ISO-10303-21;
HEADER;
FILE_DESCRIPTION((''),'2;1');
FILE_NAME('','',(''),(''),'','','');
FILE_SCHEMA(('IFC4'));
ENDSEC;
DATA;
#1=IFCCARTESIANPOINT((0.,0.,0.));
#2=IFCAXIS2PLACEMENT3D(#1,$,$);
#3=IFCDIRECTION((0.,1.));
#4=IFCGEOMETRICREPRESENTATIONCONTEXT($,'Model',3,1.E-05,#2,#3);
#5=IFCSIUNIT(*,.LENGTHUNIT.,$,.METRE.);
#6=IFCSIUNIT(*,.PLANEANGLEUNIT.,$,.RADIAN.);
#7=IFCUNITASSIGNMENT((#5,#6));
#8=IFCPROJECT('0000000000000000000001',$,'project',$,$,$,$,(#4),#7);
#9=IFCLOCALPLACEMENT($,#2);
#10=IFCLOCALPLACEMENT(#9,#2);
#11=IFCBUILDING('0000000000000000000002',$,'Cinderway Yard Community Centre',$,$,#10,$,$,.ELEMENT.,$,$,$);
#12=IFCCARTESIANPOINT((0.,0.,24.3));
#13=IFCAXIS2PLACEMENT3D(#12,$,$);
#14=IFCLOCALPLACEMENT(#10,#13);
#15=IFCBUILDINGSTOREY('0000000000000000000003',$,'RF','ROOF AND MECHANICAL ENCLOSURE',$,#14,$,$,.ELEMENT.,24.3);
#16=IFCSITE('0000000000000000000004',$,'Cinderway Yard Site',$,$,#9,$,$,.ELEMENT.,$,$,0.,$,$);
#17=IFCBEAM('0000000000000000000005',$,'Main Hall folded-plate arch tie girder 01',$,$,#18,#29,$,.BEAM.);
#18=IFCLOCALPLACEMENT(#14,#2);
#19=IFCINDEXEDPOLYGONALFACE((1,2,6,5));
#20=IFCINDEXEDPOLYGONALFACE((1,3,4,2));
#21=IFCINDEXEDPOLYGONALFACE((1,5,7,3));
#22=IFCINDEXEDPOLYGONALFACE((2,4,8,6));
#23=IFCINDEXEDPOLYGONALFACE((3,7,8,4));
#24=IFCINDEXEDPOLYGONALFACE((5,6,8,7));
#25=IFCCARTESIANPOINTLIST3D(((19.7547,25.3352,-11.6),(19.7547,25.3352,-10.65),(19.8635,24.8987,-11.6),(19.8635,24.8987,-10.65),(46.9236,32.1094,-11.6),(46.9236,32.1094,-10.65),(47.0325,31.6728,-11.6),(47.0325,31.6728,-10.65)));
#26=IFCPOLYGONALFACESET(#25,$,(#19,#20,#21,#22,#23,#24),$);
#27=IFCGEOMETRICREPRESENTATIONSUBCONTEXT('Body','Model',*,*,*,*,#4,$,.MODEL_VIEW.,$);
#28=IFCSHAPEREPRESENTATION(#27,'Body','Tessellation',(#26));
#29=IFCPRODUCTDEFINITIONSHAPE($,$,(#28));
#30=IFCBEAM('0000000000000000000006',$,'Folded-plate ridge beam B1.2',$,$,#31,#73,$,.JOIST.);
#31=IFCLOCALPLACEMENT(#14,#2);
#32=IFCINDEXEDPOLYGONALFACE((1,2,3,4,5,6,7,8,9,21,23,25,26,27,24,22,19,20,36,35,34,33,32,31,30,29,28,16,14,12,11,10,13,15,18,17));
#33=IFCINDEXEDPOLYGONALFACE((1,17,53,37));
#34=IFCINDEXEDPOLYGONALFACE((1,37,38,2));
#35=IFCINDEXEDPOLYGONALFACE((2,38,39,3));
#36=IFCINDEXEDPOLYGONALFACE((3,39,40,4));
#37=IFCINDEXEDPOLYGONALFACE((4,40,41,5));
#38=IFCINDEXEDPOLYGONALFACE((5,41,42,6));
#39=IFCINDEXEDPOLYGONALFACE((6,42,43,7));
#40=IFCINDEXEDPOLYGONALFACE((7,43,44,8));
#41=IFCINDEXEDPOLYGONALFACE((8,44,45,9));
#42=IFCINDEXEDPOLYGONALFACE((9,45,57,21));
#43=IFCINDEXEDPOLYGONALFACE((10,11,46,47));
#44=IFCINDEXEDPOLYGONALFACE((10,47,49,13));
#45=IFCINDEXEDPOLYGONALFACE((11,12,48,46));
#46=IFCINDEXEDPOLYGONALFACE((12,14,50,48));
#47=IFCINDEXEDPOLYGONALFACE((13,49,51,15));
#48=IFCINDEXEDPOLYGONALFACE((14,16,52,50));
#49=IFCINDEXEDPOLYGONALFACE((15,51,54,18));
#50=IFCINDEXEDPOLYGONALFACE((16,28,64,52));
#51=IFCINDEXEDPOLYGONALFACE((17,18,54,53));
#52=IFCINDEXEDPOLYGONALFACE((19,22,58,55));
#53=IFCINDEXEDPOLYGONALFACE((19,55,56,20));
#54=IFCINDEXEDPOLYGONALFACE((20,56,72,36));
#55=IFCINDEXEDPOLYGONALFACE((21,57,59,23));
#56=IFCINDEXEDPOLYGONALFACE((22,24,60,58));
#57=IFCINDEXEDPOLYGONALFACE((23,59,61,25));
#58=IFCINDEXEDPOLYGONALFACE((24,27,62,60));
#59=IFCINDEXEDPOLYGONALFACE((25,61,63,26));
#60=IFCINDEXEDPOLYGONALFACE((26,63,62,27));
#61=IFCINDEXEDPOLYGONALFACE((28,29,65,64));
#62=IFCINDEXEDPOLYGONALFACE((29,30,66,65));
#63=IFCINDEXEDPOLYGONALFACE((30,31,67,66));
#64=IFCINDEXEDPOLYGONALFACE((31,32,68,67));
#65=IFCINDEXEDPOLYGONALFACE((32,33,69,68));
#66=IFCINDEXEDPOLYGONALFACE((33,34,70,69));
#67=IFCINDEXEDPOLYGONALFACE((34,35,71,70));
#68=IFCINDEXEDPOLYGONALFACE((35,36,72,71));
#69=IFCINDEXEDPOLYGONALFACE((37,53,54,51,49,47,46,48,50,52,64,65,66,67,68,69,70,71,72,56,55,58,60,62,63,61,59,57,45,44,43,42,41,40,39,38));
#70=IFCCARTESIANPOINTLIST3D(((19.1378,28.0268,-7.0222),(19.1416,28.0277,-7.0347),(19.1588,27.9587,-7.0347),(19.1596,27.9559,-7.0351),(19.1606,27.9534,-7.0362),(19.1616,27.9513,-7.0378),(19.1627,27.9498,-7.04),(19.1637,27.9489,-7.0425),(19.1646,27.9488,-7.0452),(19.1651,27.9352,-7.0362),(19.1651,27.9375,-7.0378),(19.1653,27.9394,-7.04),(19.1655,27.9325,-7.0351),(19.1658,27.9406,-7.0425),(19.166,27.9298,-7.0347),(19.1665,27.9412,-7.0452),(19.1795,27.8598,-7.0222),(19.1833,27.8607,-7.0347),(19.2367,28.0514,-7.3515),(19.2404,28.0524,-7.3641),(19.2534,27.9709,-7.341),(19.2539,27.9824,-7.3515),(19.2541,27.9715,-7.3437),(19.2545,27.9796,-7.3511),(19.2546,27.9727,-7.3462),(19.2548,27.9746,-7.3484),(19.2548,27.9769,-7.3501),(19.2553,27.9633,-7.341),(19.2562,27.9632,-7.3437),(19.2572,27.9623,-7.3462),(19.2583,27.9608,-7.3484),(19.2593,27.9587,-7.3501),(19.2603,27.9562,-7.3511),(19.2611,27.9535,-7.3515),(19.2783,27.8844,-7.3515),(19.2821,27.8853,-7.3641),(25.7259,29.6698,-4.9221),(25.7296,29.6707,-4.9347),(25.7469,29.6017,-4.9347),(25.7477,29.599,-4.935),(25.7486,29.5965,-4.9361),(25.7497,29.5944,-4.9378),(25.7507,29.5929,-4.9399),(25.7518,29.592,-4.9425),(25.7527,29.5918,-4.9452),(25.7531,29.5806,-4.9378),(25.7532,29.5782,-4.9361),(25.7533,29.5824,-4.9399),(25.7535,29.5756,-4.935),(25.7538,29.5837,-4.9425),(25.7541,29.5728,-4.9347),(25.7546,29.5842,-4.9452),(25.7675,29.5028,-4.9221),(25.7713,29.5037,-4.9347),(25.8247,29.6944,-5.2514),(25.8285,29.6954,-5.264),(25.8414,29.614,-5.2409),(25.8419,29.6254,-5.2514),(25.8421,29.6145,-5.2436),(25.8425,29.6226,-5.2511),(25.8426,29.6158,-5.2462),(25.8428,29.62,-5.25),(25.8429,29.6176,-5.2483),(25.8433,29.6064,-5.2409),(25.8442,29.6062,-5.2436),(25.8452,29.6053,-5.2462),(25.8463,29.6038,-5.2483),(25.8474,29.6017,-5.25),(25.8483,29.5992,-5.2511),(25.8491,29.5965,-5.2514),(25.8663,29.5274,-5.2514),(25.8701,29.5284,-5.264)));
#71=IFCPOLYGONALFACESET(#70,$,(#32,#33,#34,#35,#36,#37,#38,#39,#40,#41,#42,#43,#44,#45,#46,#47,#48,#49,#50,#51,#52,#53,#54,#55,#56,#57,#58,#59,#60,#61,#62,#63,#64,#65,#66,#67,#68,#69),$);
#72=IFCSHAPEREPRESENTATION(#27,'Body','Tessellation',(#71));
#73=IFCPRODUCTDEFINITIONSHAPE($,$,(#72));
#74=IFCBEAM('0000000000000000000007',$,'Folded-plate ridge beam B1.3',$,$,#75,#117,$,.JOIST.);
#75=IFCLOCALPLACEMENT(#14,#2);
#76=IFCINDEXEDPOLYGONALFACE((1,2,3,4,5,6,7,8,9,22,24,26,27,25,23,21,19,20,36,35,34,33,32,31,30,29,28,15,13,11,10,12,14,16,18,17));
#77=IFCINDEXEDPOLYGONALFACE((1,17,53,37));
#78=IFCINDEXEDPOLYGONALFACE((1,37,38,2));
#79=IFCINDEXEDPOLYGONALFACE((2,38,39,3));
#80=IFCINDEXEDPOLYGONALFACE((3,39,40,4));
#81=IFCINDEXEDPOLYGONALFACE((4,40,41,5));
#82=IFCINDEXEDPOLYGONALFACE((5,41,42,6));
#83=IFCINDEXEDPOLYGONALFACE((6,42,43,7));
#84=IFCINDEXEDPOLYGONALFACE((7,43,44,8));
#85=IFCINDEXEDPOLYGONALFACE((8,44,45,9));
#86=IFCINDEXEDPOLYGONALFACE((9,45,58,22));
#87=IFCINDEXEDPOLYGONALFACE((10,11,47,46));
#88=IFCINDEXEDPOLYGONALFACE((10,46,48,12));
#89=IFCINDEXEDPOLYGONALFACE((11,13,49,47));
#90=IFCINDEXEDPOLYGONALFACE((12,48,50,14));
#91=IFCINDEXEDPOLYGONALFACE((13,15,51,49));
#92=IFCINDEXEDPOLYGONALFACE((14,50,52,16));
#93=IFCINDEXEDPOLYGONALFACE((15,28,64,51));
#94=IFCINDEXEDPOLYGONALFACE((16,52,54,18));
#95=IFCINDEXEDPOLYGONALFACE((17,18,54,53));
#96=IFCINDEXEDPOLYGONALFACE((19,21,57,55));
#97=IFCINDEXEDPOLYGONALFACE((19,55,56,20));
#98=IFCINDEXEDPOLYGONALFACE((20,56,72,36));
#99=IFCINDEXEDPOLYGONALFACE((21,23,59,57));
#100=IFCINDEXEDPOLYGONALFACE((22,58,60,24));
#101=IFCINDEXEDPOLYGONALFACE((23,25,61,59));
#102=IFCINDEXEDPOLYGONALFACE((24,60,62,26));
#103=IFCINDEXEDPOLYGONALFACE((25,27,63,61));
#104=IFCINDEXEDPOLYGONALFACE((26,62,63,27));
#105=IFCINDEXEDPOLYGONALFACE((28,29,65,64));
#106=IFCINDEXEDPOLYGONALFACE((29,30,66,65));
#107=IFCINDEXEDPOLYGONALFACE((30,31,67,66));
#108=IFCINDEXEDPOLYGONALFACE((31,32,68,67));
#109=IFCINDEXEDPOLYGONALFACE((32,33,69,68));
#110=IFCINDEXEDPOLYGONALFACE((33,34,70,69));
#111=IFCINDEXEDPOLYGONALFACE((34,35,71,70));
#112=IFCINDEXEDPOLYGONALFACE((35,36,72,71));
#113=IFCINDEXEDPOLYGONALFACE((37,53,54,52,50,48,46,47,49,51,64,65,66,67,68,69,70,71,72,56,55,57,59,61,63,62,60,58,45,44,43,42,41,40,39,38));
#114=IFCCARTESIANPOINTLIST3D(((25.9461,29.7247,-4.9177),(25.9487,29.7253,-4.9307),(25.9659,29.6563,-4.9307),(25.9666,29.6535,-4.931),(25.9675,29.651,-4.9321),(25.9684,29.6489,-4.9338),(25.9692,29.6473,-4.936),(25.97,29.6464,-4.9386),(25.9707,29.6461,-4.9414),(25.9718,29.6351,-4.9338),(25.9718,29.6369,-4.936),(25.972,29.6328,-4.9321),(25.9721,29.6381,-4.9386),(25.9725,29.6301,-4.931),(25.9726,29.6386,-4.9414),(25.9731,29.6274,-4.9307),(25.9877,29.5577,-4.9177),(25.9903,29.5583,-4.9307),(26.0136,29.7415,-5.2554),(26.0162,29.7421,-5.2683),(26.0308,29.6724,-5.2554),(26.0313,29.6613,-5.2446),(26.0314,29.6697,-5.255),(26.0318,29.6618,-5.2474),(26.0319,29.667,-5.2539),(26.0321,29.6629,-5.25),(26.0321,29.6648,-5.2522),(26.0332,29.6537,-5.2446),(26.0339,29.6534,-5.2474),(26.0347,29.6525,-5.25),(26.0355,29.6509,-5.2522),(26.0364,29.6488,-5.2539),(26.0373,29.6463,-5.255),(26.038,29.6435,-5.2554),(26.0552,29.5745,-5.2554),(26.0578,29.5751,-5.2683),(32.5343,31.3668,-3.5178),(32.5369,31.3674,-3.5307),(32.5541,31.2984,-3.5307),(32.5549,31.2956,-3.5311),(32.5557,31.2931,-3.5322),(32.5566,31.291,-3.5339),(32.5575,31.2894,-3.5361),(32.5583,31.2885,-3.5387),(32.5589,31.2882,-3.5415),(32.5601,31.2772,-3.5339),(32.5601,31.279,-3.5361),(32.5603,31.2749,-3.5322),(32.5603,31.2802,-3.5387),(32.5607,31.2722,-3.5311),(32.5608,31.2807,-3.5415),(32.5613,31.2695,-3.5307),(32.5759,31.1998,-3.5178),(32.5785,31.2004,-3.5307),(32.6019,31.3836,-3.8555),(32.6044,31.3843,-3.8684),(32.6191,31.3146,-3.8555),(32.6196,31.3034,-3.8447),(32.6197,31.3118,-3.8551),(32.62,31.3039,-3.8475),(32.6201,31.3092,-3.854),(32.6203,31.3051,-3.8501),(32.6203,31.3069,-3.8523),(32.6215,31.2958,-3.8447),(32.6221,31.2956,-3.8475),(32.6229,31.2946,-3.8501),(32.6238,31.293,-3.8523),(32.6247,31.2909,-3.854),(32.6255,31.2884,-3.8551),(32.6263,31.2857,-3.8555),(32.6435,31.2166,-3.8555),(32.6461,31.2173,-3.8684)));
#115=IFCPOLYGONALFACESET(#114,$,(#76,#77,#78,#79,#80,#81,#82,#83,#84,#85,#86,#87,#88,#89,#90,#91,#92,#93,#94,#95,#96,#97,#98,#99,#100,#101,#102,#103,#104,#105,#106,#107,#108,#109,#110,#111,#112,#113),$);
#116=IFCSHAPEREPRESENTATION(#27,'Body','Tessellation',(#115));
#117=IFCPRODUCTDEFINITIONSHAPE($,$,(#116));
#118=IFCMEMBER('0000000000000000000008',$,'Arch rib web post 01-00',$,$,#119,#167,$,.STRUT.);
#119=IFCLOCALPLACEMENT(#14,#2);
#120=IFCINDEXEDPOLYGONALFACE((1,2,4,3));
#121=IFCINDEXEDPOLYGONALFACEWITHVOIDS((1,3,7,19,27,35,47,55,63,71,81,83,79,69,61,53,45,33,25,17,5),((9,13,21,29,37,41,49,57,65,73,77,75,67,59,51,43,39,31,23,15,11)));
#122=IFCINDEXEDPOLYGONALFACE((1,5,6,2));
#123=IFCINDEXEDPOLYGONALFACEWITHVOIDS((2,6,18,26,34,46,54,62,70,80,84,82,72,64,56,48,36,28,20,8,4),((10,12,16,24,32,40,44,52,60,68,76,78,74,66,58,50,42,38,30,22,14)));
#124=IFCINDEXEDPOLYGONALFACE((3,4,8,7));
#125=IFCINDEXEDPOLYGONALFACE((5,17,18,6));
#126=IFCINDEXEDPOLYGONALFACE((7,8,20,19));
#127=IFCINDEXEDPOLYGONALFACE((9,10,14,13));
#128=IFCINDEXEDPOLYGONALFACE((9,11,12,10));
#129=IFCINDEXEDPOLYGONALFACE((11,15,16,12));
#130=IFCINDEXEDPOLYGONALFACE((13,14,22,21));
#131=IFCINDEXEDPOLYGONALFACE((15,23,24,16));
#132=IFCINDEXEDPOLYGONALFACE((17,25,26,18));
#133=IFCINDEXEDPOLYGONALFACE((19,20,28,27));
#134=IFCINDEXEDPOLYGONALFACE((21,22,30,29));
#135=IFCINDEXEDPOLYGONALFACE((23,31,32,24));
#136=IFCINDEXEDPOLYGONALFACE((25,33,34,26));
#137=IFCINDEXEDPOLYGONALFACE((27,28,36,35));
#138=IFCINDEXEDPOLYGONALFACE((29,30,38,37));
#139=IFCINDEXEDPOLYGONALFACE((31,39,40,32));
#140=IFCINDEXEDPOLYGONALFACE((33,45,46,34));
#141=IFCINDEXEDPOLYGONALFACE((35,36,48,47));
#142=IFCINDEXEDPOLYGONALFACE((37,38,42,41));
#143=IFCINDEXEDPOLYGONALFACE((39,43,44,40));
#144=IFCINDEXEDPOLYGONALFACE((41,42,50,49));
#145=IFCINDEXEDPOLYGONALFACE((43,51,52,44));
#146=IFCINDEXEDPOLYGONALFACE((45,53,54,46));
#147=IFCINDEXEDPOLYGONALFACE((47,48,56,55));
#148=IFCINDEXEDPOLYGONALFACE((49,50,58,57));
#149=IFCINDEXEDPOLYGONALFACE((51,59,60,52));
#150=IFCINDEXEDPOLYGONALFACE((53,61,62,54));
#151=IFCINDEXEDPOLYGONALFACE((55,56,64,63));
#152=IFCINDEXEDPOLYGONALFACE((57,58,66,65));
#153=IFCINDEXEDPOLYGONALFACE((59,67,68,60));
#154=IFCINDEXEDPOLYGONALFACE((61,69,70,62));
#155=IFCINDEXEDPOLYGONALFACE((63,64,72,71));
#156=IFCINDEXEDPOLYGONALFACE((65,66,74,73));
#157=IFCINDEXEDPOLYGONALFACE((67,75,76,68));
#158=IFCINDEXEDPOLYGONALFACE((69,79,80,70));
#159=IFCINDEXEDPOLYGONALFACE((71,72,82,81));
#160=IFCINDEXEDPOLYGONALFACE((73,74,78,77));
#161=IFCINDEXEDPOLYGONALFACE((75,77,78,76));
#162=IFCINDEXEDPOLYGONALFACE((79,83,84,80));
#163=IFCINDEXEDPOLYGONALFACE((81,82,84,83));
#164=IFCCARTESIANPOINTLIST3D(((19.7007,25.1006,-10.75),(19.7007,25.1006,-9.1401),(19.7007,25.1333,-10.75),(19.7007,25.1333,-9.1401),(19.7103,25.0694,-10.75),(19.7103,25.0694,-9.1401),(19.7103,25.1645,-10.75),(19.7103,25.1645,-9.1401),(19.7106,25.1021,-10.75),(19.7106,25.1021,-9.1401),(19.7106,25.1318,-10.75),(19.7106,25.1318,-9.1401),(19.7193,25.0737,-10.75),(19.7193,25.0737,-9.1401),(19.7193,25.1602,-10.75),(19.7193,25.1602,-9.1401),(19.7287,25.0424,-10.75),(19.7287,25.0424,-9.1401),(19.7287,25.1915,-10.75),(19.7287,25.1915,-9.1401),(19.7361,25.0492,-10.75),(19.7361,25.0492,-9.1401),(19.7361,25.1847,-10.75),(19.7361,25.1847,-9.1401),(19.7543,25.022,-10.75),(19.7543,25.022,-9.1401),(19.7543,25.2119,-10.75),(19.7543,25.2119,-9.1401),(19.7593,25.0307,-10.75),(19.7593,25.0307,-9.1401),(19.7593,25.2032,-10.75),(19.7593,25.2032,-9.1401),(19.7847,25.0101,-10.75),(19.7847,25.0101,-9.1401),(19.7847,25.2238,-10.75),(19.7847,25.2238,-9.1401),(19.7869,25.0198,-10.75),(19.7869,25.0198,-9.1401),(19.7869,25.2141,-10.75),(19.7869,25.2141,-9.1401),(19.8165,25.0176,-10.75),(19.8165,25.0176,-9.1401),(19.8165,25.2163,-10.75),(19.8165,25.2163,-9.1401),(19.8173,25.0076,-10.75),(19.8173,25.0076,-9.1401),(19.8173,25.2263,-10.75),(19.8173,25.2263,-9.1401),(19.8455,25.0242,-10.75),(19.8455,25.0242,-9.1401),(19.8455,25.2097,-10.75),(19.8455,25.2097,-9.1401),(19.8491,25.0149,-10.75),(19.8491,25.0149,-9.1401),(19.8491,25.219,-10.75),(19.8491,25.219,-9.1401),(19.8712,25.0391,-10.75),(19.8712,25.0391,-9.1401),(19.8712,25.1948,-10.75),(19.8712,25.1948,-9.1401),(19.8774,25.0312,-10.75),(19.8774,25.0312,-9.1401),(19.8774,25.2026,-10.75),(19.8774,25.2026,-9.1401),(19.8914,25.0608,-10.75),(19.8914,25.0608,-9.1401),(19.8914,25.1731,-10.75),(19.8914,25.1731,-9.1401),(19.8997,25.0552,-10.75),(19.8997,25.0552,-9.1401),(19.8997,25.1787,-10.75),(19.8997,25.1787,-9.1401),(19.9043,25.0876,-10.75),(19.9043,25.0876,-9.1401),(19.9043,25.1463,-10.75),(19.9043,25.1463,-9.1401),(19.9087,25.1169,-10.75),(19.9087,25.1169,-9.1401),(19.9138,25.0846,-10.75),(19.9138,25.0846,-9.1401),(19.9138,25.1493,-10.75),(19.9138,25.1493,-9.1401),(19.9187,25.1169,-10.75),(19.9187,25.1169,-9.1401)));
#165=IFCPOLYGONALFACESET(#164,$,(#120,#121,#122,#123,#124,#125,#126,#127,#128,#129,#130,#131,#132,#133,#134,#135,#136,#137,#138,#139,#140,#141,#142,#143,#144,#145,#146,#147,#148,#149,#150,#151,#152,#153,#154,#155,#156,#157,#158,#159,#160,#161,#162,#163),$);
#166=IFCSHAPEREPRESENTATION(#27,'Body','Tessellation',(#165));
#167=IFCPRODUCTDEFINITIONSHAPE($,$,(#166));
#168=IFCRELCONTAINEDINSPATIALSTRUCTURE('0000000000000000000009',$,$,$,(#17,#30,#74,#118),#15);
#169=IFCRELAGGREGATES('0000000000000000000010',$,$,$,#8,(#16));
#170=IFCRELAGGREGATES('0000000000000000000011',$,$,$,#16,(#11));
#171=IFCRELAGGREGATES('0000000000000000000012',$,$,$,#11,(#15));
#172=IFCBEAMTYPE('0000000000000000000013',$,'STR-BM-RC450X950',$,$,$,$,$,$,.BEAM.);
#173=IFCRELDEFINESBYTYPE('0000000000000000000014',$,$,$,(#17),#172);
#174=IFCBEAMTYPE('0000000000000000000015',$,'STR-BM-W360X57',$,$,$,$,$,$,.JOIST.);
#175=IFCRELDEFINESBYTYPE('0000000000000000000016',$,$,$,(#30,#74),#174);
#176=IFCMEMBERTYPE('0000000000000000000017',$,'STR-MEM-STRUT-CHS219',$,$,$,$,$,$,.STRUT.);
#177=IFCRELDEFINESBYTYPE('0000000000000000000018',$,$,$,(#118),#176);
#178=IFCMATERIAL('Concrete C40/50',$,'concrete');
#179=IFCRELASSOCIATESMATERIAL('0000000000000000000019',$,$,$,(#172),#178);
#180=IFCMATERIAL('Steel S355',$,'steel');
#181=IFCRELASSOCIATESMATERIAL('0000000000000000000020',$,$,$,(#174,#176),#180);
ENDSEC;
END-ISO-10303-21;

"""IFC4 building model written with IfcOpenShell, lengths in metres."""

from ifc_helpers import new_model, si_unit, direction, frame, origin, origin_2d, place, context, subcontext, project, spatial, rectangle, hollow_circle, i_section, extrude, material, material_profile, profile_set, type_object, element, save


model = new_model("IFC4")

# Units and contexts
model_context = context("Model", 3, precision=1e-05, world=origin(), true_north=direction((0.0, 1.0)))
body_context = subcontext(model_context, "Body", "Model", "MODEL_VIEW")
ifc_project = project(units=[si_unit("LENGTHUNIT", "METRE"), si_unit("PLANEANGLEUNIT", "RADIAN")], contexts=[model_context])

# Site, building, storey
site_placement = place(None, origin())
site = spatial("IfcSite", under=ifc_project, at=site_placement, Name="Cinderway Yard Site", CompositionType="ELEMENT", RefElevation=0.0)
building_placement = place(site_placement, origin())
building = spatial("IfcBuilding", under=site, at=building_placement, Name="Cinderway Yard Community Centre", CompositionType="ELEMENT")
storey_placement = place(building_placement, frame((0.0, 0.0, 24.3)))
storey = spatial("IfcBuildingStorey", under=building, at=storey_placement, Name="RF", Description="ROOF AND MECHANICAL ENCLOSURE", CompositionType="ELEMENT", Elevation=24.3)

# Shared definitions
ifc_material_1 = material(Name="Steel S355", Category="steel")

# Beams
ifc_material_2 = material(Name="Concrete C40/50", Category="concrete")
ifc_material_profile_1 = material_profile(ifc_material_2, rectangle(XDim=0.45, YDim=0.95, at=origin_2d()), Name="Concrete C40/50")
ifc_profile_set_1 = profile_set([ifc_material_profile_1], Name="Concrete C40/50")
beam_type_1 = type_object("IfcBeamType", Name="STR-BM-RC450X950", PredefinedType="BEAM", material=ifc_profile_set_1)
beam_1_placement = place(storey_placement, frame((19.8091, 25.1169, -11.125), z_axis=(0.970294, 0.241928, 0.0), x_axis=(-0.241928, 0.970294, 0.0)))
element("IfcBeam", 1, at=beam_1_placement, inside=storey, type_object=beam_type_1, Name="Main Hall folded-plate arch tie girder 01", PredefinedType="BEAM", context=body_context, shape_type="SweptSolid", body=[
    extrude(rectangle(XDim=0.45, YDim=0.95, at=origin_2d()), origin(), (0.0, 0.0, 1.0), 28.0007),
])
ifc_material_profile_2 = material_profile(ifc_material_1, i_section(OverallWidth=0.1721, OverallDepth=0.3579, WebThickness=0.0078, FlangeThickness=0.0132, FilletRadius=0.011, at=origin_2d()), Name="Steel S355")
ifc_profile_set_2 = profile_set([ifc_material_profile_2], Name="Steel S355")
beam_type_2 = type_object("IfcBeamType", Name="STR-BM-W360X57", PredefinedType="JOIST", material=ifc_profile_set_2)
beam_2_placement = place(storey_placement, frame((19.21, 27.9561, -7.1931), z_axis=(0.926954, 0.23118, 0.295485), x_axis=(-0.241986, 0.97028, 0.0)))
element("IfcBeam", 2, at=beam_2_placement, inside=storey, type_object=beam_type_2, Name="Folded-plate ridge beam B1.2", PredefinedType="JOIST", context=body_context, shape_type="SweptSolid", body=[
    extrude(i_section(OverallWidth=0.1721, OverallDepth=0.3579, WebThickness=0.0078, FlangeThickness=0.0132, FilletRadius=0.011, at=origin_2d()), origin(), (0.0, 0.0, 1.0), 7.1072),
])
beam_3_placement = place(storey_placement, frame((26.002, 29.6499, -5.093), z_axis=(0.950324, 0.236868, 0.201933), x_axis=(-0.24185, 0.970314, 0.0)))
element("IfcBeam", 3, at=beam_3_placement, inside=storey, type_object=beam_type_2, Name="Folded-plate ridge beam B1.3", PredefinedType="JOIST", context=body_context, shape_type="SweptSolid", body=[
    extrude(i_section(OverallWidth=0.1721, OverallDepth=0.3579, WebThickness=0.0078, FlangeThickness=0.0132, FilletRadius=0.011, at=origin_2d()), origin(), (0.0, 0.0, 1.0), 6.9326),
])

# Member
ifc_material_profile_3 = material_profile(ifc_material_1, hollow_circle(Radius=0.1096, WallThickness=0.01, at=origin_2d()), Name="Steel S355")
ifc_profile_set_3 = profile_set([ifc_material_profile_3], Name="Steel S355")
member_type_1 = type_object("IfcMemberType", Name="STR-MEM-STRUT-CHS219", PredefinedType="STRUT", material=ifc_profile_set_3)
member_1_placement = place(storey_placement, frame((19.8091, 25.1169, -10.75), z_axis=(0.0, 0.0, 1.0), x_axis=(1.0, 0.0, 0.0)))
element("IfcMember", 4, at=member_1_placement, inside=storey, type_object=member_type_1, Name="Arch rib web post 01-00", PredefinedType="STRUT", context=body_context, shape_type="SweptSolid", body=[
    extrude(hollow_circle(Radius=0.1096, WallThickness=0.01, at=origin_2d()), origin(), (0.0, 0.0, 1.0), 1.6099),
])

save(model, "model.ifc")
